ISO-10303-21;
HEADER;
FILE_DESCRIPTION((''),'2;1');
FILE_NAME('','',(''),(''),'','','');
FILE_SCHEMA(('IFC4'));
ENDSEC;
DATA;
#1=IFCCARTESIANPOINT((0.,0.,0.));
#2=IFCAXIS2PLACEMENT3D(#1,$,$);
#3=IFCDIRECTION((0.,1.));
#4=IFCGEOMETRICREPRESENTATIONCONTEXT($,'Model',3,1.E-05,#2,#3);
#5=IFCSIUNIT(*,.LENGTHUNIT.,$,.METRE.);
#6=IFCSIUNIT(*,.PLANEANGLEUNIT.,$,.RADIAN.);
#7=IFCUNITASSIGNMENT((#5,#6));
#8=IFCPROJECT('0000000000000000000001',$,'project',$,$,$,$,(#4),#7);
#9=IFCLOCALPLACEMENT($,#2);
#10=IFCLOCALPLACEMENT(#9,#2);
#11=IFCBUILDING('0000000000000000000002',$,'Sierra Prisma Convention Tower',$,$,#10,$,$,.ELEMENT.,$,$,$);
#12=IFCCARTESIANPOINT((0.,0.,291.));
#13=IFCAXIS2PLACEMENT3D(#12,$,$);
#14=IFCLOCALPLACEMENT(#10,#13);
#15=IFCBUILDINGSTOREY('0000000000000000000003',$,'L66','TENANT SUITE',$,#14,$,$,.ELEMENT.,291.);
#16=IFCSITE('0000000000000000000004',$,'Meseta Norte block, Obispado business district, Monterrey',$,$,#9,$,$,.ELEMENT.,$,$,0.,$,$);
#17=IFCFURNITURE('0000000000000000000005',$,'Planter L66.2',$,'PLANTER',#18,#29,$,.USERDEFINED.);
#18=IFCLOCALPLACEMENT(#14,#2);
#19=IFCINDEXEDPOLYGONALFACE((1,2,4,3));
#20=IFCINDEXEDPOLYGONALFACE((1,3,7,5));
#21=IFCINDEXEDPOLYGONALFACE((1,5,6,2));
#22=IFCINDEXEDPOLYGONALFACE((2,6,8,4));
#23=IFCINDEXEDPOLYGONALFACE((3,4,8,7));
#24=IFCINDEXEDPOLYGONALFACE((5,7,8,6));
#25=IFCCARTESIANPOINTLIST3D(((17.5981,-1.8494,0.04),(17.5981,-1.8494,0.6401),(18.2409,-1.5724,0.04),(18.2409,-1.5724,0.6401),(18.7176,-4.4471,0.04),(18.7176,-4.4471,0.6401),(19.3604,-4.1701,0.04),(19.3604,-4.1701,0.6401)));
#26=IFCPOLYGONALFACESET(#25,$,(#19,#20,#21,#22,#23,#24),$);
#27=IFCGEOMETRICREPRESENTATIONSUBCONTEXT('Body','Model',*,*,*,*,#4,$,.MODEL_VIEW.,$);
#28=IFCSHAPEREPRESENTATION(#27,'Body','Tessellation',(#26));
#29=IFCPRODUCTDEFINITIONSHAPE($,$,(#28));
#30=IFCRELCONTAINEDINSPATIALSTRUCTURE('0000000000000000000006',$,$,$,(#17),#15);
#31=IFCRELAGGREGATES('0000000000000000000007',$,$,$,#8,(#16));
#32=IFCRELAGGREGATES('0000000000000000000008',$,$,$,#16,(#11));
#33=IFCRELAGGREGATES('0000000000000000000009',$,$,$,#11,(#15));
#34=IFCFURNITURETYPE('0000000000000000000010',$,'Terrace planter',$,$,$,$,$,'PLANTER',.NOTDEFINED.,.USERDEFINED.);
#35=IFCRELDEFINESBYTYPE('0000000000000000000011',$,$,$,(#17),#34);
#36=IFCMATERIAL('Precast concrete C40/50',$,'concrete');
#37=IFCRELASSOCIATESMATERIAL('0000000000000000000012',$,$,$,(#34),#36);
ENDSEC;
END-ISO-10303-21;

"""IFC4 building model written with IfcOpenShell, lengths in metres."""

from ifc_helpers import new_model, si_unit, direction, frame, origin, origin_2d, place, context, subcontext, project, spatial, rectangle, extrude, material, type_object, element, save


model = new_model("IFC4")

# Units and contexts
model_context = context("Model", 3, precision=1e-05, world=origin(), true_north=direction((0.0, 1.0)))
body_context = subcontext(model_context, "Body", "Model", "MODEL_VIEW")
ifc_project = project(units=[si_unit("LENGTHUNIT", "METRE"), si_unit("PLANEANGLEUNIT", "RADIAN")], contexts=[model_context])

# Site, building, storey
site_placement = place(None, origin())
site = spatial("IfcSite", under=ifc_project, at=site_placement, Name="Meseta Norte block, Obispado business district, Monterrey", CompositionType="ELEMENT", RefElevation=0.0)
building_placement = place(site_placement, origin())
building = spatial("IfcBuilding", under=site, at=building_placement, Name="Sierra Prisma Convention Tower", CompositionType="ELEMENT")
storey_placement = place(building_placement, frame((0.0, 0.0, 291.0)))
storey = spatial("IfcBuildingStorey", under=building, at=storey_placement, Name="L66", Description="TENANT SUITE", CompositionType="ELEMENT", Elevation=291.0)

# Furniture
ifc_material_1 = material(Name="Precast concrete C40/50", Category="concrete")
furniture_type = type_object("IfcFurnitureType", Name="Terrace planter", ElementType="PLANTER", AssemblyPlace="NOTDEFINED", PredefinedType="USERDEFINED", material=ifc_material_1)
furniture_1_placement = place(storey_placement, frame((18.4792, -3.0098, 0.04), z_axis=(0.0, 0.0, 1.0), x_axis=(-0.395756, 0.918356, 0.0)))
element("IfcFurniture", 1, at=furniture_1_placement, inside=storey, type_object=furniture_type, Name="Planter L66.2", ObjectType="PLANTER", PredefinedType="USERDEFINED", context=body_context, shape_type="SweptSolid", body=[
    extrude(rectangle(XDim=2.8286, YDim=0.7, at=origin_2d()), origin(), (0.0, 0.0, 1.0), 0.6001),
])

save(model, "model.ifc")
